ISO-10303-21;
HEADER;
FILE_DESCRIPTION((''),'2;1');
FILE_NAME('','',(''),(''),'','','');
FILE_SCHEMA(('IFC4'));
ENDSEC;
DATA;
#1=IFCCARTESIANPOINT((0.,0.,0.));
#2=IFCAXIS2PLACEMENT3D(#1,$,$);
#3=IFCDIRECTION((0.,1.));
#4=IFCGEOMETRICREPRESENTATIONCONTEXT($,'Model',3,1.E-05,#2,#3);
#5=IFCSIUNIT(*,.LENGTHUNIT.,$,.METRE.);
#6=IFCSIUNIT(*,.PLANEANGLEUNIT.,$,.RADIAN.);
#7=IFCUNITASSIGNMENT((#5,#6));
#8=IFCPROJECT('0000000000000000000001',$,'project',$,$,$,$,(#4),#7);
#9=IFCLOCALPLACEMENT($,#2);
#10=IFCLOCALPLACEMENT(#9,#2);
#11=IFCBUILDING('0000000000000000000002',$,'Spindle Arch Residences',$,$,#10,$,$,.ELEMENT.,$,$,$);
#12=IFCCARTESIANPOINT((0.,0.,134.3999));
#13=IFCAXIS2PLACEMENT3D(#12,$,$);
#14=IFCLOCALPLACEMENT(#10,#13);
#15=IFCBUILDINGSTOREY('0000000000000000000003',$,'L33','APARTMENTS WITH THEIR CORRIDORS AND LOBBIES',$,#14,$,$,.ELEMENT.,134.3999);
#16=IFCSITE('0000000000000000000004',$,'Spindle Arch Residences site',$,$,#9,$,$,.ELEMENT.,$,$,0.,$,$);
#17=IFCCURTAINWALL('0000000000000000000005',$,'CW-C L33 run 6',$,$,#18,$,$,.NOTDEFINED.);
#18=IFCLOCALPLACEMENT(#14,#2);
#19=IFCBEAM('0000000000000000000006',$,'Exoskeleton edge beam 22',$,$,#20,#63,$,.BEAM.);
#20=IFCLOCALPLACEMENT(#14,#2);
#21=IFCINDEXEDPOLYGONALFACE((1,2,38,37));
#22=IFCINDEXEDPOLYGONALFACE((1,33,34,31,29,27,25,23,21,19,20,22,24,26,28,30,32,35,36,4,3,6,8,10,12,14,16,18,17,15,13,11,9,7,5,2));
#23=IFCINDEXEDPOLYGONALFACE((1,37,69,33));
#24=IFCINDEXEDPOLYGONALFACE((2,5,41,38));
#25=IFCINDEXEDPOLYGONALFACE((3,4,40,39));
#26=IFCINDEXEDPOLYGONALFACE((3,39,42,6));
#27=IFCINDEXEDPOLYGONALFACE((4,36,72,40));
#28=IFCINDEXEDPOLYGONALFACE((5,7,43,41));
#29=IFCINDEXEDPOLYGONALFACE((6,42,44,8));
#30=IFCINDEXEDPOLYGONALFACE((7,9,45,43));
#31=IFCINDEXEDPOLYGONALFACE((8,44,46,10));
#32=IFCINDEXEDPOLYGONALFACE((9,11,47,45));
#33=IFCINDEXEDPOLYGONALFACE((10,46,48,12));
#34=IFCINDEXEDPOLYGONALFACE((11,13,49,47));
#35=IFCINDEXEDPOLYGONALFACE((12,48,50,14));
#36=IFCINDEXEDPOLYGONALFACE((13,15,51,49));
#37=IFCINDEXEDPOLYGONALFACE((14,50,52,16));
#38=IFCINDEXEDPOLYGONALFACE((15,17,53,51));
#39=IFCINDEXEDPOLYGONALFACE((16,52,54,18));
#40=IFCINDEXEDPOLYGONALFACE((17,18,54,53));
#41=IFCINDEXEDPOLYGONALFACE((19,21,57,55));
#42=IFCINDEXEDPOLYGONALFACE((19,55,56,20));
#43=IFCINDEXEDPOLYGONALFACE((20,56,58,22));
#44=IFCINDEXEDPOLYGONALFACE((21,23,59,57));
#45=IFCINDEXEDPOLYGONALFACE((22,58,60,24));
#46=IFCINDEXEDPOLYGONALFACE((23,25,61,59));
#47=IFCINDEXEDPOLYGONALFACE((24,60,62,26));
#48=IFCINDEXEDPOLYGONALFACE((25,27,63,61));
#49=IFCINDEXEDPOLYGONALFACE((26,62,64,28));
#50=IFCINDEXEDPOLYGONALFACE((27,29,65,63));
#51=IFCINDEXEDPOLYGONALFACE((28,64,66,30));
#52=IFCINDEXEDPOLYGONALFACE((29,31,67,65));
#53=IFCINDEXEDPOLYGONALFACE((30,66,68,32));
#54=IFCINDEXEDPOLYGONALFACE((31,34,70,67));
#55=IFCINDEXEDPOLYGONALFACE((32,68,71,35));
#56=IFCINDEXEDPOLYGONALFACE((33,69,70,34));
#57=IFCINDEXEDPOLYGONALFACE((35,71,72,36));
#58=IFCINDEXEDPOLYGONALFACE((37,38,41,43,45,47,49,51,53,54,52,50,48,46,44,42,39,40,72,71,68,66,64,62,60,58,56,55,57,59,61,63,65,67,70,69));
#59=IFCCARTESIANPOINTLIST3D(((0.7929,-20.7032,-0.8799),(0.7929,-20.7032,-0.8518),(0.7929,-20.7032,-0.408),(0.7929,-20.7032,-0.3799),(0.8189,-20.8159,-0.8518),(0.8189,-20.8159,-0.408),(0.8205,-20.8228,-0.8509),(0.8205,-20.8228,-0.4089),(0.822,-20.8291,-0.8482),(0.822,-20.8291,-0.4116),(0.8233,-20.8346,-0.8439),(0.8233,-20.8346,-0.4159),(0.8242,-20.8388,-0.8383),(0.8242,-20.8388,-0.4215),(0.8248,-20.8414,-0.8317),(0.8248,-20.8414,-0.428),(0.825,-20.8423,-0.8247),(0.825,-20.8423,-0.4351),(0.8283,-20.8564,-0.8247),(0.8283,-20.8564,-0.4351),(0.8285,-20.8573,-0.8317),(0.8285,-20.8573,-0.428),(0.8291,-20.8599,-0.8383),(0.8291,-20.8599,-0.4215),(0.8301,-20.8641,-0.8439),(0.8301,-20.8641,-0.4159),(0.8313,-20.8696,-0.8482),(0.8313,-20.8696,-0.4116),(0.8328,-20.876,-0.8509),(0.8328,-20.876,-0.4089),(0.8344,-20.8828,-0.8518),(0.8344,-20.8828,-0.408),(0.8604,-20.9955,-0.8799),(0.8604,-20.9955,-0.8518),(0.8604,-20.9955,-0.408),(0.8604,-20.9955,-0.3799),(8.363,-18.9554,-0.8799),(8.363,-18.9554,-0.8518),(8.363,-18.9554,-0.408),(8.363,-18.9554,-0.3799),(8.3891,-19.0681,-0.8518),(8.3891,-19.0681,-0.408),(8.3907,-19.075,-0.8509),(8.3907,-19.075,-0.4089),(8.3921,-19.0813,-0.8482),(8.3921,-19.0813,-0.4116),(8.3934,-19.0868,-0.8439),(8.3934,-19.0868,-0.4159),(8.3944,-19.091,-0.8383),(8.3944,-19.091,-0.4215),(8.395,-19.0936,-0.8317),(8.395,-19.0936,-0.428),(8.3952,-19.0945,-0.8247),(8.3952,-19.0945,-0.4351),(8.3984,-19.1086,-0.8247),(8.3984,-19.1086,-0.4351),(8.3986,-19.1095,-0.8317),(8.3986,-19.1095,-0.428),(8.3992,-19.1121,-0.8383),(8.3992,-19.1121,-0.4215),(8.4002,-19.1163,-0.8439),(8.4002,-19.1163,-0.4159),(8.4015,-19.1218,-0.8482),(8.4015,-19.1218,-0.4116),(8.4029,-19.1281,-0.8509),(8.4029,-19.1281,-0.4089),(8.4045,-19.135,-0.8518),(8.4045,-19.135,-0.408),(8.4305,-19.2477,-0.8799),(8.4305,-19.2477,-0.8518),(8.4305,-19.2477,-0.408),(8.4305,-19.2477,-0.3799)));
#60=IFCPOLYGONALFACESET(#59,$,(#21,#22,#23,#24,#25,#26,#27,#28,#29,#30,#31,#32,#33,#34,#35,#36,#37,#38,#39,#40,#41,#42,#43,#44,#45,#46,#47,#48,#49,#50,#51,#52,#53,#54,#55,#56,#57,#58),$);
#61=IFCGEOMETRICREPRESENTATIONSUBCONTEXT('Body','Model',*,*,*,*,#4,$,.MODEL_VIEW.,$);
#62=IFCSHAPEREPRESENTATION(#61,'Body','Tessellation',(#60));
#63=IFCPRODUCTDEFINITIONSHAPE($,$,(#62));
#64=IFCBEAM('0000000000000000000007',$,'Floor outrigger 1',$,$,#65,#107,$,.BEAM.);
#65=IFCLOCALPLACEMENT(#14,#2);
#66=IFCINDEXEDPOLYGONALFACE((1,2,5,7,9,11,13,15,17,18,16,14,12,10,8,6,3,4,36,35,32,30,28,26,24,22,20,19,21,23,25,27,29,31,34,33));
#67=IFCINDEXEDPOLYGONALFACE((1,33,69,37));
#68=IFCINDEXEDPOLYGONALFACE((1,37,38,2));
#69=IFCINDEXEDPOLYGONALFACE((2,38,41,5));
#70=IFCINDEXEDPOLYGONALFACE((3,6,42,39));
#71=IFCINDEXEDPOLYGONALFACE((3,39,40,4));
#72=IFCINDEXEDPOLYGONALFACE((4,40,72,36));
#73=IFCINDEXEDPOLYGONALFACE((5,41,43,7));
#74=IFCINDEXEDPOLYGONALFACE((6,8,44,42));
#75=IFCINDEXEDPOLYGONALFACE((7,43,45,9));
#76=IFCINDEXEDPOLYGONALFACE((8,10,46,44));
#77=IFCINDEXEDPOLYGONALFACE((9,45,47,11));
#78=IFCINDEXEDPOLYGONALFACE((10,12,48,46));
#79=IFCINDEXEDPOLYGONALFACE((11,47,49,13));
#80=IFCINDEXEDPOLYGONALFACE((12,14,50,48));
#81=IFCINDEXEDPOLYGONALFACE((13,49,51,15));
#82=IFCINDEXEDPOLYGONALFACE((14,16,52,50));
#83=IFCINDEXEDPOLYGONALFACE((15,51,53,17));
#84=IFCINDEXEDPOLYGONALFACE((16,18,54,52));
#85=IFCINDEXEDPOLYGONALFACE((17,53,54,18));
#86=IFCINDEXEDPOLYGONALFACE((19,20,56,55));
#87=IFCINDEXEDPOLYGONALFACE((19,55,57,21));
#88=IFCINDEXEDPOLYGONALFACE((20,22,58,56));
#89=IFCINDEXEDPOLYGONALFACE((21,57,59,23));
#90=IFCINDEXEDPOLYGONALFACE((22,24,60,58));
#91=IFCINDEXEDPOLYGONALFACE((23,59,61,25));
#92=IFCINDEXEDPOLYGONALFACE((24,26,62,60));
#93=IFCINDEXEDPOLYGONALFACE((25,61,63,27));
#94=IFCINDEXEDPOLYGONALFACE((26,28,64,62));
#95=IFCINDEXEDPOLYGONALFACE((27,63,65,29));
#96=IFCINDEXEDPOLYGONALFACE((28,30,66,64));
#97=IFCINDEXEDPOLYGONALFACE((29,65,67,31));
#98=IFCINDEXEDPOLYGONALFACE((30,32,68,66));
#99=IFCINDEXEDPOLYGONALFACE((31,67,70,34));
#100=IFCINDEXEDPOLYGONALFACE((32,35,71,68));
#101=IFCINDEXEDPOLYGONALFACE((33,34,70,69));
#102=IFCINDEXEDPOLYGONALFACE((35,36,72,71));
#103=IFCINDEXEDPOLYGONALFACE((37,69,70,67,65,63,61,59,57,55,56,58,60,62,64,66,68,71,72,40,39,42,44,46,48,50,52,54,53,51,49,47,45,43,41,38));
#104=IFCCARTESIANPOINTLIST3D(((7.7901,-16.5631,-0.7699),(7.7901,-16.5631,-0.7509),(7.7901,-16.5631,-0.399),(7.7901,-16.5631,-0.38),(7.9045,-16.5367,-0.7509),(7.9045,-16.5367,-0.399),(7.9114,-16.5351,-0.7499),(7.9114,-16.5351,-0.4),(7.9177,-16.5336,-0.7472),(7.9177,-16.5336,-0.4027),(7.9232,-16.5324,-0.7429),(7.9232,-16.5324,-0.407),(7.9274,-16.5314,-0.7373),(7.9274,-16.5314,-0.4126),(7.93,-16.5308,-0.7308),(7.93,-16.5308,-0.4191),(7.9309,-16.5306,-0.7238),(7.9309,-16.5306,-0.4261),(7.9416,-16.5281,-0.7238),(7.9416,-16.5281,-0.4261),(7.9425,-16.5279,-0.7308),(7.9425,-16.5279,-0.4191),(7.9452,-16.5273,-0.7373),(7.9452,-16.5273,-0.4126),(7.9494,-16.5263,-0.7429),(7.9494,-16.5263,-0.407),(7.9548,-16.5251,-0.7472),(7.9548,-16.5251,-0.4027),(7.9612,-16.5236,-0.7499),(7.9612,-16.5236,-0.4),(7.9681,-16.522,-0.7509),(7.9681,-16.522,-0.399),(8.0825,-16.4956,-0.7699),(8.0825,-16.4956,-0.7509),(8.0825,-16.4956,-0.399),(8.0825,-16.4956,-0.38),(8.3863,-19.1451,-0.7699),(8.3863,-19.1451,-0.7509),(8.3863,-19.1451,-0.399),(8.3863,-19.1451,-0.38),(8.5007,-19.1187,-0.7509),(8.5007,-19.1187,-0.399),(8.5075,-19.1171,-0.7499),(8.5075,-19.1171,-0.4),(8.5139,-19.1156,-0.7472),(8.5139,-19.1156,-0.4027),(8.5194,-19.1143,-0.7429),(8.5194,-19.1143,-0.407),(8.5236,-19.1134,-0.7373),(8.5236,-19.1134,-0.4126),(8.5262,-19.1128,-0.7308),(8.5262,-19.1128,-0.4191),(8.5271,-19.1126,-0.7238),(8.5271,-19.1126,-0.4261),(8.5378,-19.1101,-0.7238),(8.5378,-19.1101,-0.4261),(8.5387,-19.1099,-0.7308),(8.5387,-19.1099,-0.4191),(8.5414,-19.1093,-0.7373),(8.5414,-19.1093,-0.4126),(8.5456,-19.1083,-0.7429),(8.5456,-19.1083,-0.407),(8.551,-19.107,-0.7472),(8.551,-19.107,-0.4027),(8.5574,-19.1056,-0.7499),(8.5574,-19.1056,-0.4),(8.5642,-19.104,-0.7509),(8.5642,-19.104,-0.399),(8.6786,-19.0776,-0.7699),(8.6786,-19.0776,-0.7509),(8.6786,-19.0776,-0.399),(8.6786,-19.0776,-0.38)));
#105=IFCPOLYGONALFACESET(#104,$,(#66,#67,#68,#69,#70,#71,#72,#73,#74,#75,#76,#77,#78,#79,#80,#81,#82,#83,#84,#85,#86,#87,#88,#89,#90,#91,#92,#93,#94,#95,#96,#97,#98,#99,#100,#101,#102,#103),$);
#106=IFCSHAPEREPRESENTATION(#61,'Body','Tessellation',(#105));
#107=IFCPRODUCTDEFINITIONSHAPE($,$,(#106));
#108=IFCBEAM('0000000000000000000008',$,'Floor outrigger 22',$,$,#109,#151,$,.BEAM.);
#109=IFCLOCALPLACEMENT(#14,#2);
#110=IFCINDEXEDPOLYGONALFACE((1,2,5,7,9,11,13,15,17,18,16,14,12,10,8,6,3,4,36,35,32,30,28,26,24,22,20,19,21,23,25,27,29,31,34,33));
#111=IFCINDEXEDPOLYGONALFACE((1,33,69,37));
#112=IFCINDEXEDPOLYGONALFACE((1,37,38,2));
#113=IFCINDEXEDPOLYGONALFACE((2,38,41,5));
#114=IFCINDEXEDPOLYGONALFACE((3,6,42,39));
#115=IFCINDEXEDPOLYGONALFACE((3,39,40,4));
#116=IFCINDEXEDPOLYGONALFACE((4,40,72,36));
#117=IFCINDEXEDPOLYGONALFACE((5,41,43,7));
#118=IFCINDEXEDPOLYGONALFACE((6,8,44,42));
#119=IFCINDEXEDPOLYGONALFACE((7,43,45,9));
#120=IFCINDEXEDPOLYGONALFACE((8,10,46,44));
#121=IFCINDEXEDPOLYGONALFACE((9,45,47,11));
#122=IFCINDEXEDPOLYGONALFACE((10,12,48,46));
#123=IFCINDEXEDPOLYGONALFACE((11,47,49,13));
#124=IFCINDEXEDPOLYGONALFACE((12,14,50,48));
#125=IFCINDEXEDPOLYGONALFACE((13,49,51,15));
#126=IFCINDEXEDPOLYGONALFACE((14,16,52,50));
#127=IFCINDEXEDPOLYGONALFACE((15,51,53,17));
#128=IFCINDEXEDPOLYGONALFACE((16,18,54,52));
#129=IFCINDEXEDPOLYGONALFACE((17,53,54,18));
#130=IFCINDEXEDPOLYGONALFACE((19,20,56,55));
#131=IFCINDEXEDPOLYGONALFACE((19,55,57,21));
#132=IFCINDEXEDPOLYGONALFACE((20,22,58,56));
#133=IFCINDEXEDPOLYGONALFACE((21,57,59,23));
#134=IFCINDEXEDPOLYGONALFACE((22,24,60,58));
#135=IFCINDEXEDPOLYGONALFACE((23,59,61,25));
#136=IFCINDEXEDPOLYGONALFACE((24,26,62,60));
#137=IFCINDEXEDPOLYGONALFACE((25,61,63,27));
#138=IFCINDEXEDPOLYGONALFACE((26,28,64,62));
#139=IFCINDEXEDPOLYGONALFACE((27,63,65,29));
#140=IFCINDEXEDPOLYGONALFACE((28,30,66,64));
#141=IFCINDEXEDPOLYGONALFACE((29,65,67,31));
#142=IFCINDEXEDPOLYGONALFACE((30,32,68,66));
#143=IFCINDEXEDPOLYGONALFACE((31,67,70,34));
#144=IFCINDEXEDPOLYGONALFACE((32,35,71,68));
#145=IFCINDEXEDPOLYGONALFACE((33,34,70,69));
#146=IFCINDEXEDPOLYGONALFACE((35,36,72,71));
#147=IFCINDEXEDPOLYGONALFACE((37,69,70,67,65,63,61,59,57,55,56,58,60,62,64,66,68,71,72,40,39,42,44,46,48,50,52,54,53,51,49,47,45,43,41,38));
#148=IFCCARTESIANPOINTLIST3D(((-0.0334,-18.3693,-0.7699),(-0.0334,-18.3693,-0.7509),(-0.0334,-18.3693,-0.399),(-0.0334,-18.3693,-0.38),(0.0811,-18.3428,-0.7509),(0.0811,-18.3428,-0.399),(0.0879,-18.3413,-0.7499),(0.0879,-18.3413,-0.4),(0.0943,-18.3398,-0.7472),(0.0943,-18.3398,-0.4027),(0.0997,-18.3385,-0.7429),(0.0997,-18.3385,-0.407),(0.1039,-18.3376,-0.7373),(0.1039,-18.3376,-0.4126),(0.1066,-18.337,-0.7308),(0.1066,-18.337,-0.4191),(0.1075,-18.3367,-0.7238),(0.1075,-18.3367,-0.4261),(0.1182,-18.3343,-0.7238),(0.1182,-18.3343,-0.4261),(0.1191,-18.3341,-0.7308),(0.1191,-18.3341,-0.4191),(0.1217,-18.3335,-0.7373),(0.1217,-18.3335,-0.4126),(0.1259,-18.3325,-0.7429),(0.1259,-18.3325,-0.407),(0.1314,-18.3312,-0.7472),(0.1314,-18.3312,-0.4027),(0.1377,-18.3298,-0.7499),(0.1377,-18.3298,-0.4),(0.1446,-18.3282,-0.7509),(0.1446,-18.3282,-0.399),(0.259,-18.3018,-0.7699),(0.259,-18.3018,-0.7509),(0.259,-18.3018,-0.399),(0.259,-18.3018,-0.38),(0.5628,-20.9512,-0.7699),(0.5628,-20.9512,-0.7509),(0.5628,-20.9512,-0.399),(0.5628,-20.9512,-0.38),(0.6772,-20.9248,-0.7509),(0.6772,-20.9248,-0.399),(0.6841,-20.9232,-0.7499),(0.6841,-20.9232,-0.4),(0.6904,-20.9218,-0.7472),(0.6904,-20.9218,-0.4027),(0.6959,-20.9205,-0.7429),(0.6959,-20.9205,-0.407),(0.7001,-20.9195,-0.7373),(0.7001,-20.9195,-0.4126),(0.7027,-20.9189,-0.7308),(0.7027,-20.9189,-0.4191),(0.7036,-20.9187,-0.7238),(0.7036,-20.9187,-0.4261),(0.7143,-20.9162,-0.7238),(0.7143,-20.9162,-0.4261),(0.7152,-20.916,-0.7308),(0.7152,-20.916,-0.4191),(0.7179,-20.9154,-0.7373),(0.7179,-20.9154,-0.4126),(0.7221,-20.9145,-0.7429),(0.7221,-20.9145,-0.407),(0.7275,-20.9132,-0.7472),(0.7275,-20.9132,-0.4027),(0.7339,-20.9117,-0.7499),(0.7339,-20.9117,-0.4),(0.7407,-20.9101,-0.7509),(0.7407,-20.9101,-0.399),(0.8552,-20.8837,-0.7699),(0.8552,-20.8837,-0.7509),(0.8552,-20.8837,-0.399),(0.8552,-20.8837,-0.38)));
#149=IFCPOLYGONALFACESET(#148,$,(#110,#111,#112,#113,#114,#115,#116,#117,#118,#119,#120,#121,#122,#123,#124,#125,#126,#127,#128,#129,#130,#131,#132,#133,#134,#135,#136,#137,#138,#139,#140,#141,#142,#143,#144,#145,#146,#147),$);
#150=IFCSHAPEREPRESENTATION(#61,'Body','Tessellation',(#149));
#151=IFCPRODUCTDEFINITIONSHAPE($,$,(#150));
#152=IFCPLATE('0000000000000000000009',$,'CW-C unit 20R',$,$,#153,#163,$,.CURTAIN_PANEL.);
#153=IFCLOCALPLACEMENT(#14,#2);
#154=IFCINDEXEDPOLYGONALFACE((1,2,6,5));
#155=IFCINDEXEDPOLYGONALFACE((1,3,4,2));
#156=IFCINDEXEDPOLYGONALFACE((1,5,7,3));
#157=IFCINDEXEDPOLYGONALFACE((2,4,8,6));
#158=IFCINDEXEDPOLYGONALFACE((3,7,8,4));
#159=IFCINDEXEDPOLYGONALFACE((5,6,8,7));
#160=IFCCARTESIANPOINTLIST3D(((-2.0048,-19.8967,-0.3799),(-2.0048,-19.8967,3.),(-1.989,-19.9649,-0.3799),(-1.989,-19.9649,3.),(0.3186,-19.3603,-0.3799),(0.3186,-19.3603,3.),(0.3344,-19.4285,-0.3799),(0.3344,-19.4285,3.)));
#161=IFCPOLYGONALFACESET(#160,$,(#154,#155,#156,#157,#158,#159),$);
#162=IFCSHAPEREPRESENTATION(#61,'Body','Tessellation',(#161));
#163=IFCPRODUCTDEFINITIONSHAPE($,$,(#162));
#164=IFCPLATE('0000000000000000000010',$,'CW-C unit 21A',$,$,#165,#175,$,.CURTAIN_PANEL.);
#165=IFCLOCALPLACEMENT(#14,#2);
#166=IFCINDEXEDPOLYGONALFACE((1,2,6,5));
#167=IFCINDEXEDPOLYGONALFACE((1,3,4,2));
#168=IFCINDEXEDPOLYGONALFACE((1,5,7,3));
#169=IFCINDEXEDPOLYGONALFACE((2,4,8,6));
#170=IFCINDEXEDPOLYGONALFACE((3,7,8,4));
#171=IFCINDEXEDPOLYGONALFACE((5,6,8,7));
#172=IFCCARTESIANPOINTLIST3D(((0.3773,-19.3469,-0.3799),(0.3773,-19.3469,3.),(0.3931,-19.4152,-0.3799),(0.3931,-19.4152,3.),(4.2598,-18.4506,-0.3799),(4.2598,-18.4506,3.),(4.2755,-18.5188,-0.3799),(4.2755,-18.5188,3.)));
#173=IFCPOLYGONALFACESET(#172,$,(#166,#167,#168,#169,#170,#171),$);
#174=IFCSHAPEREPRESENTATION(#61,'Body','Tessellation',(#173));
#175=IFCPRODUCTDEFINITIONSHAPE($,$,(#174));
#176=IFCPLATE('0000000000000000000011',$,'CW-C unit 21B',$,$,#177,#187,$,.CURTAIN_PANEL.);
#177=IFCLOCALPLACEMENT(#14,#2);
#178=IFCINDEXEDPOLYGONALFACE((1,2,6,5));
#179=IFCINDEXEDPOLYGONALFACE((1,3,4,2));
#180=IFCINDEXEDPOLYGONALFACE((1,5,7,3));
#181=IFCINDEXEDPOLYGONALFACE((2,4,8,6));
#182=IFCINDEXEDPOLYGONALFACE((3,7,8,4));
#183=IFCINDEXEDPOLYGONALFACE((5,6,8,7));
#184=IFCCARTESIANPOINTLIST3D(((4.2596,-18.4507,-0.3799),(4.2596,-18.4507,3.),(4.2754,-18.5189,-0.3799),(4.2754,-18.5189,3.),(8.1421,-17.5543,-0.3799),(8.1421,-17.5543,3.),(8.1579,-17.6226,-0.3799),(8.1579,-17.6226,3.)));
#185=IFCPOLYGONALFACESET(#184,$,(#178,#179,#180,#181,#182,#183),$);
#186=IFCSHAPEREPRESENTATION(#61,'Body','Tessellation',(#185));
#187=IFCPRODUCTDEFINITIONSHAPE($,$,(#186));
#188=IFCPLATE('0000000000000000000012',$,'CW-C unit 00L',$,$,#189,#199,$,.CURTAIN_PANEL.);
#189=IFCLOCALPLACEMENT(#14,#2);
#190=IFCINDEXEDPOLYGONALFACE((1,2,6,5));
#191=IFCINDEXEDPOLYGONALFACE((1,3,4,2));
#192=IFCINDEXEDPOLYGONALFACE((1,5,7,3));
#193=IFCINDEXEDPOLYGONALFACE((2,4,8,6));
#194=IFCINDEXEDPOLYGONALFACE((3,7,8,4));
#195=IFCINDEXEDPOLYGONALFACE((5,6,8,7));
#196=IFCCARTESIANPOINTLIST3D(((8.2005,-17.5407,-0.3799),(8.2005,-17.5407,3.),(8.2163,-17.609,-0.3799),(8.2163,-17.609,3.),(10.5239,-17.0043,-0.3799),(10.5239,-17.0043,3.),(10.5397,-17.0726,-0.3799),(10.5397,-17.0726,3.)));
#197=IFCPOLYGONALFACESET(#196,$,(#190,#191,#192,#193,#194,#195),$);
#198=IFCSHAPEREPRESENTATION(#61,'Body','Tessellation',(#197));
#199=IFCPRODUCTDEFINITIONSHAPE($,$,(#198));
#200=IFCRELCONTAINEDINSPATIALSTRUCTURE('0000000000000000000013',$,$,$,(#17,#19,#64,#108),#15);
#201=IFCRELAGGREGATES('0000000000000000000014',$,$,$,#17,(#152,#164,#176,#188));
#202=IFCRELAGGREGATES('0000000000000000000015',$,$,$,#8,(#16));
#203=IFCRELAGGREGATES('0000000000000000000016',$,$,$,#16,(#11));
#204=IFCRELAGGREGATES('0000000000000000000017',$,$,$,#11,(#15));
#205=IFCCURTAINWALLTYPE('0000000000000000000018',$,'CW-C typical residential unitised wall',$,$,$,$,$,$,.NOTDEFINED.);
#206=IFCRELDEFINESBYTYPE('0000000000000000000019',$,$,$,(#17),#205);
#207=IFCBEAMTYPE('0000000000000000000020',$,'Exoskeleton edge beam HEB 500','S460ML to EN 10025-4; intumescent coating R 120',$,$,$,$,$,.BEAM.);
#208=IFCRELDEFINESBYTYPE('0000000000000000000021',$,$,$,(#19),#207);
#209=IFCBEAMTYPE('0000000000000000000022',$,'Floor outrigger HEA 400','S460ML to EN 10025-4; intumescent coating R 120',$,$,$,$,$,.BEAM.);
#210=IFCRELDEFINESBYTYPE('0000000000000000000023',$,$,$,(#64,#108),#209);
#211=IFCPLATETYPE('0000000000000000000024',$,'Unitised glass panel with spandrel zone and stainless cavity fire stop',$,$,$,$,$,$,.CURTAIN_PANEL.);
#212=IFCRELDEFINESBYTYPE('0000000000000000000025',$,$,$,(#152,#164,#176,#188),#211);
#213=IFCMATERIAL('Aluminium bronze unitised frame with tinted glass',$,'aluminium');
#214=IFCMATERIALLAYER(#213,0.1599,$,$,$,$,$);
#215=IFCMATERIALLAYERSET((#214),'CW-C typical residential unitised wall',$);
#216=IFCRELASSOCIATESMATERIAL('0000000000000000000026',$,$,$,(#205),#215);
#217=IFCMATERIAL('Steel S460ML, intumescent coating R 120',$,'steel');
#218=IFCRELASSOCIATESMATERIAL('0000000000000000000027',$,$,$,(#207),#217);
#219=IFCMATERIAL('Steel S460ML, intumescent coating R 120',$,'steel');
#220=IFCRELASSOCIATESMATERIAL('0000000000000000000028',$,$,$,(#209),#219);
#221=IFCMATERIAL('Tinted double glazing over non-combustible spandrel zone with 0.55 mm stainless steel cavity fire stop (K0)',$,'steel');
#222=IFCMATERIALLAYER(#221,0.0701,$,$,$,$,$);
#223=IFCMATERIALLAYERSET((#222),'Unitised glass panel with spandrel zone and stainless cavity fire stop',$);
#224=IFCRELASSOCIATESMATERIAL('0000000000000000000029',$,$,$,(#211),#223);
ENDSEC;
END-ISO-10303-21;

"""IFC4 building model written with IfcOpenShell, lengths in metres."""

from ifc_helpers import new_model, si_unit, direction, frame, origin, origin_2d, place, context, subcontext, project, spatial, rectangle, i_section, extrude, material, layer, layer_set, material_profile, profile_set, type_object, element, aggregate, save


model = new_model("IFC4")

# Units and contexts
model_context = context("Model", 3, precision=1e-05, world=origin(), true_north=direction((0.0, 1.0)))
body_context = subcontext(model_context, "Body", "Model", "MODEL_VIEW")
ifc_project = project(units=[si_unit("LENGTHUNIT", "METRE"), si_unit("PLANEANGLEUNIT", "RADIAN")], contexts=[model_context])

# Site, building, storey
site_placement = place(None, origin())
site = spatial("IfcSite", under=ifc_project, at=site_placement, Name="Spindle Arch Residences site", CompositionType="ELEMENT", RefElevation=0.0)
building_placement = place(site_placement, origin())
building = spatial("IfcBuilding", under=site, at=building_placement, Name="Spindle Arch Residences", CompositionType="ELEMENT")
storey_placement = place(building_placement, frame((0.0, 0.0, 134.3999)))
storey = spatial("IfcBuildingStorey", under=building, at=storey_placement, Name="L33", Description="APARTMENTS WITH THEIR CORRIDORS AND LOBBIES", CompositionType="ELEMENT", Elevation=134.3999)

# Curtain wall
ifc_material_1 = material(Name="Aluminium bronze unitised frame with tinted glass", Category="aluminium")
ifc_layer_1 = layer(ifc_material_1, 0.1599)
ifc_layer_set_1 = layer_set([ifc_layer_1], Name="CW-C typical residential unitised wall")
curtain_wall_type = type_object("IfcCurtainWallType", Name="CW-C typical residential unitised wall", PredefinedType="NOTDEFINED", material=ifc_layer_set_1)
curtain_wall_placement = place(storey_placement, origin())
curtain_wall = element("IfcCurtainWall", 1, at=curtain_wall_placement, inside=storey, type_object=curtain_wall_type, Name="CW-C L33 run 6", PredefinedType="NOTDEFINED")

# Beams
ifc_material_2 = material(Name="Steel S460ML, intumescent coating R 120", Category="steel")
ifc_material_profile_1 = material_profile(ifc_material_2, i_section(OverallWidth=0.3, OverallDepth=0.5, WebThickness=0.0144, FlangeThickness=0.0281, FilletRadius=0.0271, at=origin_2d()), Name="HEB 500")
ifc_profile_set_1 = profile_set([ifc_material_profile_1], Name="Steel S460ML, intumescent coating R 120")
beam_type_1 = type_object("IfcBeamType", Name="Exoskeleton edge beam HEB 500", Description="S460ML to EN 10025-4; intumescent coating R 120", PredefinedType="BEAM", material=ifc_profile_set_1)
beam_1_placement = place(storey_placement, frame((0.8267, -20.8494, -0.6299), z_axis=(0.974367, 0.224965, 0.0), x_axis=(-0.224965, 0.974367, 0.0)))
element("IfcBeam", 2, at=beam_1_placement, inside=storey, type_object=beam_type_1, Name="Exoskeleton edge beam 22", PredefinedType="BEAM", context=body_context, shape_type="SweptSolid", body=[
    extrude(i_section(OverallWidth=0.3, OverallDepth=0.5, WebThickness=0.0144, FlangeThickness=0.0281, FilletRadius=0.0271, at=origin_2d()), origin(), (0.0, 0.0, 1.0), 7.7693),
])
ifc_material_3 = material(Name="Steel S460ML, intumescent coating R 120", Category="steel")
ifc_material_profile_2 = material_profile(ifc_material_3, i_section(OverallWidth=0.3, OverallDepth=0.3899, WebThickness=0.011, FlangeThickness=0.019, FilletRadius=0.0271, at=origin_2d()), Name="HEA 400")
ifc_profile_set_2 = profile_set([ifc_material_profile_2], Name="Steel S460ML, intumescent coating R 120")
beam_type_2 = type_object("IfcBeamType", Name="Floor outrigger HEA 400", Description="S460ML to EN 10025-4; intumescent coating R 120", PredefinedType="BEAM", material=ifc_profile_set_2)
for number, where, z_axis, x_axis, name in (
    (3, (8.5325, -19.1113, -0.575), (-0.224981, 0.974363, 0.0), (-0.974363, -0.224981, 0.0), "Floor outrigger 1"),
    (4, (0.709, -20.9175, -0.575), (-0.224981, 0.974363, 0.0), (-0.974363, -0.224981, 0.0), "Floor outrigger 22"),
):
    element("IfcBeam", number, at=place(storey_placement, frame(where, z_axis=z_axis, x_axis=x_axis)), inside=storey, type_object=beam_type_2, Name=name, PredefinedType="BEAM", context=body_context, shape_type="SweptSolid", body=[
        extrude(i_section(OverallWidth=0.3, OverallDepth=0.3899, WebThickness=0.011, FlangeThickness=0.019, FilletRadius=0.0271, at=origin_2d()), origin(), (0.0, 0.0, 1.0), 2.6499),
    ])

# Plates
ifc_material_4 = material(Name="Tinted double glazing over non-combustible spandrel zone with 0.55 mm stainless steel cavity fire stop (K0)", Category="steel")
ifc_layer_2 = layer(ifc_material_4, 0.0701)
ifc_layer_set_2 = layer_set([ifc_layer_2], Name="Unitised glass panel with spandrel zone and stainless cavity fire stop")
plate_type = type_object("IfcPlateType", Name="Unitised glass panel with spandrel zone and stainless cavity fire stop", PredefinedType="CURTAIN_PANEL", material=ifc_layer_set_2)
plate_1_placement = place(storey_placement, frame((-0.8352, -19.6626, -0.3799), z_axis=(0.0, 0.0, 1.0), x_axis=(0.97437, 0.224951, 0.0)))
plate_1 = element("IfcPlate", 5, at=plate_1_placement, type_object=plate_type, Name="CW-C unit 20R", PredefinedType="CURTAIN_PANEL", context=body_context, shape_type="SweptSolid", body=[
    extrude(rectangle(XDim=2.3845, YDim=0.0701, at=origin_2d()), origin(), (0.0, 0.0, 1.0), 3.3799),
])
plate_2_placement = place(storey_placement, frame((2.3264, -18.9329, -0.3799), z_axis=(0.0, 0.0, 1.0), x_axis=(0.97437, 0.224951, 0.0)))
plate_2 = element("IfcPlate", 6, at=plate_2_placement, type_object=plate_type, Name="CW-C unit 21A", PredefinedType="CURTAIN_PANEL", context=body_context, shape_type="SweptSolid", body=[
    extrude(rectangle(XDim=3.9846, YDim=0.0701, at=origin_2d()), origin(), (0.0, 0.0, 1.0), 3.3799),
])
plate_3_placement = place(storey_placement, frame((6.2087, -18.0366, -0.3799), z_axis=(0.0, 0.0, 1.0), x_axis=(0.97437, 0.224951, 0.0)))
plate_3 = element("IfcPlate", 7, at=plate_3_placement, type_object=plate_type, Name="CW-C unit 21B", PredefinedType="CURTAIN_PANEL", context=body_context, shape_type="SweptSolid", body=[
    extrude(rectangle(XDim=3.9846, YDim=0.0701, at=origin_2d()), origin(), (0.0, 0.0, 1.0), 3.3799),
])
plate_4_placement = place(storey_placement, frame((9.3701, -17.3066, -0.3799), z_axis=(0.0, 0.0, 1.0), x_axis=(0.97437, 0.224951, 0.0)))
plate_4 = element("IfcPlate", 8, at=plate_4_placement, type_object=plate_type, Name="CW-C unit 00L", PredefinedType="CURTAIN_PANEL", context=body_context, shape_type="SweptSolid", body=[
    extrude(rectangle(XDim=2.3845, YDim=0.0701, at=origin_2d()), origin(), (0.0, 0.0, 1.0), 3.3799),
])
aggregate(curtain_wall, [plate_1, plate_2, plate_3, plate_4])

save(model, "model.ifc")
